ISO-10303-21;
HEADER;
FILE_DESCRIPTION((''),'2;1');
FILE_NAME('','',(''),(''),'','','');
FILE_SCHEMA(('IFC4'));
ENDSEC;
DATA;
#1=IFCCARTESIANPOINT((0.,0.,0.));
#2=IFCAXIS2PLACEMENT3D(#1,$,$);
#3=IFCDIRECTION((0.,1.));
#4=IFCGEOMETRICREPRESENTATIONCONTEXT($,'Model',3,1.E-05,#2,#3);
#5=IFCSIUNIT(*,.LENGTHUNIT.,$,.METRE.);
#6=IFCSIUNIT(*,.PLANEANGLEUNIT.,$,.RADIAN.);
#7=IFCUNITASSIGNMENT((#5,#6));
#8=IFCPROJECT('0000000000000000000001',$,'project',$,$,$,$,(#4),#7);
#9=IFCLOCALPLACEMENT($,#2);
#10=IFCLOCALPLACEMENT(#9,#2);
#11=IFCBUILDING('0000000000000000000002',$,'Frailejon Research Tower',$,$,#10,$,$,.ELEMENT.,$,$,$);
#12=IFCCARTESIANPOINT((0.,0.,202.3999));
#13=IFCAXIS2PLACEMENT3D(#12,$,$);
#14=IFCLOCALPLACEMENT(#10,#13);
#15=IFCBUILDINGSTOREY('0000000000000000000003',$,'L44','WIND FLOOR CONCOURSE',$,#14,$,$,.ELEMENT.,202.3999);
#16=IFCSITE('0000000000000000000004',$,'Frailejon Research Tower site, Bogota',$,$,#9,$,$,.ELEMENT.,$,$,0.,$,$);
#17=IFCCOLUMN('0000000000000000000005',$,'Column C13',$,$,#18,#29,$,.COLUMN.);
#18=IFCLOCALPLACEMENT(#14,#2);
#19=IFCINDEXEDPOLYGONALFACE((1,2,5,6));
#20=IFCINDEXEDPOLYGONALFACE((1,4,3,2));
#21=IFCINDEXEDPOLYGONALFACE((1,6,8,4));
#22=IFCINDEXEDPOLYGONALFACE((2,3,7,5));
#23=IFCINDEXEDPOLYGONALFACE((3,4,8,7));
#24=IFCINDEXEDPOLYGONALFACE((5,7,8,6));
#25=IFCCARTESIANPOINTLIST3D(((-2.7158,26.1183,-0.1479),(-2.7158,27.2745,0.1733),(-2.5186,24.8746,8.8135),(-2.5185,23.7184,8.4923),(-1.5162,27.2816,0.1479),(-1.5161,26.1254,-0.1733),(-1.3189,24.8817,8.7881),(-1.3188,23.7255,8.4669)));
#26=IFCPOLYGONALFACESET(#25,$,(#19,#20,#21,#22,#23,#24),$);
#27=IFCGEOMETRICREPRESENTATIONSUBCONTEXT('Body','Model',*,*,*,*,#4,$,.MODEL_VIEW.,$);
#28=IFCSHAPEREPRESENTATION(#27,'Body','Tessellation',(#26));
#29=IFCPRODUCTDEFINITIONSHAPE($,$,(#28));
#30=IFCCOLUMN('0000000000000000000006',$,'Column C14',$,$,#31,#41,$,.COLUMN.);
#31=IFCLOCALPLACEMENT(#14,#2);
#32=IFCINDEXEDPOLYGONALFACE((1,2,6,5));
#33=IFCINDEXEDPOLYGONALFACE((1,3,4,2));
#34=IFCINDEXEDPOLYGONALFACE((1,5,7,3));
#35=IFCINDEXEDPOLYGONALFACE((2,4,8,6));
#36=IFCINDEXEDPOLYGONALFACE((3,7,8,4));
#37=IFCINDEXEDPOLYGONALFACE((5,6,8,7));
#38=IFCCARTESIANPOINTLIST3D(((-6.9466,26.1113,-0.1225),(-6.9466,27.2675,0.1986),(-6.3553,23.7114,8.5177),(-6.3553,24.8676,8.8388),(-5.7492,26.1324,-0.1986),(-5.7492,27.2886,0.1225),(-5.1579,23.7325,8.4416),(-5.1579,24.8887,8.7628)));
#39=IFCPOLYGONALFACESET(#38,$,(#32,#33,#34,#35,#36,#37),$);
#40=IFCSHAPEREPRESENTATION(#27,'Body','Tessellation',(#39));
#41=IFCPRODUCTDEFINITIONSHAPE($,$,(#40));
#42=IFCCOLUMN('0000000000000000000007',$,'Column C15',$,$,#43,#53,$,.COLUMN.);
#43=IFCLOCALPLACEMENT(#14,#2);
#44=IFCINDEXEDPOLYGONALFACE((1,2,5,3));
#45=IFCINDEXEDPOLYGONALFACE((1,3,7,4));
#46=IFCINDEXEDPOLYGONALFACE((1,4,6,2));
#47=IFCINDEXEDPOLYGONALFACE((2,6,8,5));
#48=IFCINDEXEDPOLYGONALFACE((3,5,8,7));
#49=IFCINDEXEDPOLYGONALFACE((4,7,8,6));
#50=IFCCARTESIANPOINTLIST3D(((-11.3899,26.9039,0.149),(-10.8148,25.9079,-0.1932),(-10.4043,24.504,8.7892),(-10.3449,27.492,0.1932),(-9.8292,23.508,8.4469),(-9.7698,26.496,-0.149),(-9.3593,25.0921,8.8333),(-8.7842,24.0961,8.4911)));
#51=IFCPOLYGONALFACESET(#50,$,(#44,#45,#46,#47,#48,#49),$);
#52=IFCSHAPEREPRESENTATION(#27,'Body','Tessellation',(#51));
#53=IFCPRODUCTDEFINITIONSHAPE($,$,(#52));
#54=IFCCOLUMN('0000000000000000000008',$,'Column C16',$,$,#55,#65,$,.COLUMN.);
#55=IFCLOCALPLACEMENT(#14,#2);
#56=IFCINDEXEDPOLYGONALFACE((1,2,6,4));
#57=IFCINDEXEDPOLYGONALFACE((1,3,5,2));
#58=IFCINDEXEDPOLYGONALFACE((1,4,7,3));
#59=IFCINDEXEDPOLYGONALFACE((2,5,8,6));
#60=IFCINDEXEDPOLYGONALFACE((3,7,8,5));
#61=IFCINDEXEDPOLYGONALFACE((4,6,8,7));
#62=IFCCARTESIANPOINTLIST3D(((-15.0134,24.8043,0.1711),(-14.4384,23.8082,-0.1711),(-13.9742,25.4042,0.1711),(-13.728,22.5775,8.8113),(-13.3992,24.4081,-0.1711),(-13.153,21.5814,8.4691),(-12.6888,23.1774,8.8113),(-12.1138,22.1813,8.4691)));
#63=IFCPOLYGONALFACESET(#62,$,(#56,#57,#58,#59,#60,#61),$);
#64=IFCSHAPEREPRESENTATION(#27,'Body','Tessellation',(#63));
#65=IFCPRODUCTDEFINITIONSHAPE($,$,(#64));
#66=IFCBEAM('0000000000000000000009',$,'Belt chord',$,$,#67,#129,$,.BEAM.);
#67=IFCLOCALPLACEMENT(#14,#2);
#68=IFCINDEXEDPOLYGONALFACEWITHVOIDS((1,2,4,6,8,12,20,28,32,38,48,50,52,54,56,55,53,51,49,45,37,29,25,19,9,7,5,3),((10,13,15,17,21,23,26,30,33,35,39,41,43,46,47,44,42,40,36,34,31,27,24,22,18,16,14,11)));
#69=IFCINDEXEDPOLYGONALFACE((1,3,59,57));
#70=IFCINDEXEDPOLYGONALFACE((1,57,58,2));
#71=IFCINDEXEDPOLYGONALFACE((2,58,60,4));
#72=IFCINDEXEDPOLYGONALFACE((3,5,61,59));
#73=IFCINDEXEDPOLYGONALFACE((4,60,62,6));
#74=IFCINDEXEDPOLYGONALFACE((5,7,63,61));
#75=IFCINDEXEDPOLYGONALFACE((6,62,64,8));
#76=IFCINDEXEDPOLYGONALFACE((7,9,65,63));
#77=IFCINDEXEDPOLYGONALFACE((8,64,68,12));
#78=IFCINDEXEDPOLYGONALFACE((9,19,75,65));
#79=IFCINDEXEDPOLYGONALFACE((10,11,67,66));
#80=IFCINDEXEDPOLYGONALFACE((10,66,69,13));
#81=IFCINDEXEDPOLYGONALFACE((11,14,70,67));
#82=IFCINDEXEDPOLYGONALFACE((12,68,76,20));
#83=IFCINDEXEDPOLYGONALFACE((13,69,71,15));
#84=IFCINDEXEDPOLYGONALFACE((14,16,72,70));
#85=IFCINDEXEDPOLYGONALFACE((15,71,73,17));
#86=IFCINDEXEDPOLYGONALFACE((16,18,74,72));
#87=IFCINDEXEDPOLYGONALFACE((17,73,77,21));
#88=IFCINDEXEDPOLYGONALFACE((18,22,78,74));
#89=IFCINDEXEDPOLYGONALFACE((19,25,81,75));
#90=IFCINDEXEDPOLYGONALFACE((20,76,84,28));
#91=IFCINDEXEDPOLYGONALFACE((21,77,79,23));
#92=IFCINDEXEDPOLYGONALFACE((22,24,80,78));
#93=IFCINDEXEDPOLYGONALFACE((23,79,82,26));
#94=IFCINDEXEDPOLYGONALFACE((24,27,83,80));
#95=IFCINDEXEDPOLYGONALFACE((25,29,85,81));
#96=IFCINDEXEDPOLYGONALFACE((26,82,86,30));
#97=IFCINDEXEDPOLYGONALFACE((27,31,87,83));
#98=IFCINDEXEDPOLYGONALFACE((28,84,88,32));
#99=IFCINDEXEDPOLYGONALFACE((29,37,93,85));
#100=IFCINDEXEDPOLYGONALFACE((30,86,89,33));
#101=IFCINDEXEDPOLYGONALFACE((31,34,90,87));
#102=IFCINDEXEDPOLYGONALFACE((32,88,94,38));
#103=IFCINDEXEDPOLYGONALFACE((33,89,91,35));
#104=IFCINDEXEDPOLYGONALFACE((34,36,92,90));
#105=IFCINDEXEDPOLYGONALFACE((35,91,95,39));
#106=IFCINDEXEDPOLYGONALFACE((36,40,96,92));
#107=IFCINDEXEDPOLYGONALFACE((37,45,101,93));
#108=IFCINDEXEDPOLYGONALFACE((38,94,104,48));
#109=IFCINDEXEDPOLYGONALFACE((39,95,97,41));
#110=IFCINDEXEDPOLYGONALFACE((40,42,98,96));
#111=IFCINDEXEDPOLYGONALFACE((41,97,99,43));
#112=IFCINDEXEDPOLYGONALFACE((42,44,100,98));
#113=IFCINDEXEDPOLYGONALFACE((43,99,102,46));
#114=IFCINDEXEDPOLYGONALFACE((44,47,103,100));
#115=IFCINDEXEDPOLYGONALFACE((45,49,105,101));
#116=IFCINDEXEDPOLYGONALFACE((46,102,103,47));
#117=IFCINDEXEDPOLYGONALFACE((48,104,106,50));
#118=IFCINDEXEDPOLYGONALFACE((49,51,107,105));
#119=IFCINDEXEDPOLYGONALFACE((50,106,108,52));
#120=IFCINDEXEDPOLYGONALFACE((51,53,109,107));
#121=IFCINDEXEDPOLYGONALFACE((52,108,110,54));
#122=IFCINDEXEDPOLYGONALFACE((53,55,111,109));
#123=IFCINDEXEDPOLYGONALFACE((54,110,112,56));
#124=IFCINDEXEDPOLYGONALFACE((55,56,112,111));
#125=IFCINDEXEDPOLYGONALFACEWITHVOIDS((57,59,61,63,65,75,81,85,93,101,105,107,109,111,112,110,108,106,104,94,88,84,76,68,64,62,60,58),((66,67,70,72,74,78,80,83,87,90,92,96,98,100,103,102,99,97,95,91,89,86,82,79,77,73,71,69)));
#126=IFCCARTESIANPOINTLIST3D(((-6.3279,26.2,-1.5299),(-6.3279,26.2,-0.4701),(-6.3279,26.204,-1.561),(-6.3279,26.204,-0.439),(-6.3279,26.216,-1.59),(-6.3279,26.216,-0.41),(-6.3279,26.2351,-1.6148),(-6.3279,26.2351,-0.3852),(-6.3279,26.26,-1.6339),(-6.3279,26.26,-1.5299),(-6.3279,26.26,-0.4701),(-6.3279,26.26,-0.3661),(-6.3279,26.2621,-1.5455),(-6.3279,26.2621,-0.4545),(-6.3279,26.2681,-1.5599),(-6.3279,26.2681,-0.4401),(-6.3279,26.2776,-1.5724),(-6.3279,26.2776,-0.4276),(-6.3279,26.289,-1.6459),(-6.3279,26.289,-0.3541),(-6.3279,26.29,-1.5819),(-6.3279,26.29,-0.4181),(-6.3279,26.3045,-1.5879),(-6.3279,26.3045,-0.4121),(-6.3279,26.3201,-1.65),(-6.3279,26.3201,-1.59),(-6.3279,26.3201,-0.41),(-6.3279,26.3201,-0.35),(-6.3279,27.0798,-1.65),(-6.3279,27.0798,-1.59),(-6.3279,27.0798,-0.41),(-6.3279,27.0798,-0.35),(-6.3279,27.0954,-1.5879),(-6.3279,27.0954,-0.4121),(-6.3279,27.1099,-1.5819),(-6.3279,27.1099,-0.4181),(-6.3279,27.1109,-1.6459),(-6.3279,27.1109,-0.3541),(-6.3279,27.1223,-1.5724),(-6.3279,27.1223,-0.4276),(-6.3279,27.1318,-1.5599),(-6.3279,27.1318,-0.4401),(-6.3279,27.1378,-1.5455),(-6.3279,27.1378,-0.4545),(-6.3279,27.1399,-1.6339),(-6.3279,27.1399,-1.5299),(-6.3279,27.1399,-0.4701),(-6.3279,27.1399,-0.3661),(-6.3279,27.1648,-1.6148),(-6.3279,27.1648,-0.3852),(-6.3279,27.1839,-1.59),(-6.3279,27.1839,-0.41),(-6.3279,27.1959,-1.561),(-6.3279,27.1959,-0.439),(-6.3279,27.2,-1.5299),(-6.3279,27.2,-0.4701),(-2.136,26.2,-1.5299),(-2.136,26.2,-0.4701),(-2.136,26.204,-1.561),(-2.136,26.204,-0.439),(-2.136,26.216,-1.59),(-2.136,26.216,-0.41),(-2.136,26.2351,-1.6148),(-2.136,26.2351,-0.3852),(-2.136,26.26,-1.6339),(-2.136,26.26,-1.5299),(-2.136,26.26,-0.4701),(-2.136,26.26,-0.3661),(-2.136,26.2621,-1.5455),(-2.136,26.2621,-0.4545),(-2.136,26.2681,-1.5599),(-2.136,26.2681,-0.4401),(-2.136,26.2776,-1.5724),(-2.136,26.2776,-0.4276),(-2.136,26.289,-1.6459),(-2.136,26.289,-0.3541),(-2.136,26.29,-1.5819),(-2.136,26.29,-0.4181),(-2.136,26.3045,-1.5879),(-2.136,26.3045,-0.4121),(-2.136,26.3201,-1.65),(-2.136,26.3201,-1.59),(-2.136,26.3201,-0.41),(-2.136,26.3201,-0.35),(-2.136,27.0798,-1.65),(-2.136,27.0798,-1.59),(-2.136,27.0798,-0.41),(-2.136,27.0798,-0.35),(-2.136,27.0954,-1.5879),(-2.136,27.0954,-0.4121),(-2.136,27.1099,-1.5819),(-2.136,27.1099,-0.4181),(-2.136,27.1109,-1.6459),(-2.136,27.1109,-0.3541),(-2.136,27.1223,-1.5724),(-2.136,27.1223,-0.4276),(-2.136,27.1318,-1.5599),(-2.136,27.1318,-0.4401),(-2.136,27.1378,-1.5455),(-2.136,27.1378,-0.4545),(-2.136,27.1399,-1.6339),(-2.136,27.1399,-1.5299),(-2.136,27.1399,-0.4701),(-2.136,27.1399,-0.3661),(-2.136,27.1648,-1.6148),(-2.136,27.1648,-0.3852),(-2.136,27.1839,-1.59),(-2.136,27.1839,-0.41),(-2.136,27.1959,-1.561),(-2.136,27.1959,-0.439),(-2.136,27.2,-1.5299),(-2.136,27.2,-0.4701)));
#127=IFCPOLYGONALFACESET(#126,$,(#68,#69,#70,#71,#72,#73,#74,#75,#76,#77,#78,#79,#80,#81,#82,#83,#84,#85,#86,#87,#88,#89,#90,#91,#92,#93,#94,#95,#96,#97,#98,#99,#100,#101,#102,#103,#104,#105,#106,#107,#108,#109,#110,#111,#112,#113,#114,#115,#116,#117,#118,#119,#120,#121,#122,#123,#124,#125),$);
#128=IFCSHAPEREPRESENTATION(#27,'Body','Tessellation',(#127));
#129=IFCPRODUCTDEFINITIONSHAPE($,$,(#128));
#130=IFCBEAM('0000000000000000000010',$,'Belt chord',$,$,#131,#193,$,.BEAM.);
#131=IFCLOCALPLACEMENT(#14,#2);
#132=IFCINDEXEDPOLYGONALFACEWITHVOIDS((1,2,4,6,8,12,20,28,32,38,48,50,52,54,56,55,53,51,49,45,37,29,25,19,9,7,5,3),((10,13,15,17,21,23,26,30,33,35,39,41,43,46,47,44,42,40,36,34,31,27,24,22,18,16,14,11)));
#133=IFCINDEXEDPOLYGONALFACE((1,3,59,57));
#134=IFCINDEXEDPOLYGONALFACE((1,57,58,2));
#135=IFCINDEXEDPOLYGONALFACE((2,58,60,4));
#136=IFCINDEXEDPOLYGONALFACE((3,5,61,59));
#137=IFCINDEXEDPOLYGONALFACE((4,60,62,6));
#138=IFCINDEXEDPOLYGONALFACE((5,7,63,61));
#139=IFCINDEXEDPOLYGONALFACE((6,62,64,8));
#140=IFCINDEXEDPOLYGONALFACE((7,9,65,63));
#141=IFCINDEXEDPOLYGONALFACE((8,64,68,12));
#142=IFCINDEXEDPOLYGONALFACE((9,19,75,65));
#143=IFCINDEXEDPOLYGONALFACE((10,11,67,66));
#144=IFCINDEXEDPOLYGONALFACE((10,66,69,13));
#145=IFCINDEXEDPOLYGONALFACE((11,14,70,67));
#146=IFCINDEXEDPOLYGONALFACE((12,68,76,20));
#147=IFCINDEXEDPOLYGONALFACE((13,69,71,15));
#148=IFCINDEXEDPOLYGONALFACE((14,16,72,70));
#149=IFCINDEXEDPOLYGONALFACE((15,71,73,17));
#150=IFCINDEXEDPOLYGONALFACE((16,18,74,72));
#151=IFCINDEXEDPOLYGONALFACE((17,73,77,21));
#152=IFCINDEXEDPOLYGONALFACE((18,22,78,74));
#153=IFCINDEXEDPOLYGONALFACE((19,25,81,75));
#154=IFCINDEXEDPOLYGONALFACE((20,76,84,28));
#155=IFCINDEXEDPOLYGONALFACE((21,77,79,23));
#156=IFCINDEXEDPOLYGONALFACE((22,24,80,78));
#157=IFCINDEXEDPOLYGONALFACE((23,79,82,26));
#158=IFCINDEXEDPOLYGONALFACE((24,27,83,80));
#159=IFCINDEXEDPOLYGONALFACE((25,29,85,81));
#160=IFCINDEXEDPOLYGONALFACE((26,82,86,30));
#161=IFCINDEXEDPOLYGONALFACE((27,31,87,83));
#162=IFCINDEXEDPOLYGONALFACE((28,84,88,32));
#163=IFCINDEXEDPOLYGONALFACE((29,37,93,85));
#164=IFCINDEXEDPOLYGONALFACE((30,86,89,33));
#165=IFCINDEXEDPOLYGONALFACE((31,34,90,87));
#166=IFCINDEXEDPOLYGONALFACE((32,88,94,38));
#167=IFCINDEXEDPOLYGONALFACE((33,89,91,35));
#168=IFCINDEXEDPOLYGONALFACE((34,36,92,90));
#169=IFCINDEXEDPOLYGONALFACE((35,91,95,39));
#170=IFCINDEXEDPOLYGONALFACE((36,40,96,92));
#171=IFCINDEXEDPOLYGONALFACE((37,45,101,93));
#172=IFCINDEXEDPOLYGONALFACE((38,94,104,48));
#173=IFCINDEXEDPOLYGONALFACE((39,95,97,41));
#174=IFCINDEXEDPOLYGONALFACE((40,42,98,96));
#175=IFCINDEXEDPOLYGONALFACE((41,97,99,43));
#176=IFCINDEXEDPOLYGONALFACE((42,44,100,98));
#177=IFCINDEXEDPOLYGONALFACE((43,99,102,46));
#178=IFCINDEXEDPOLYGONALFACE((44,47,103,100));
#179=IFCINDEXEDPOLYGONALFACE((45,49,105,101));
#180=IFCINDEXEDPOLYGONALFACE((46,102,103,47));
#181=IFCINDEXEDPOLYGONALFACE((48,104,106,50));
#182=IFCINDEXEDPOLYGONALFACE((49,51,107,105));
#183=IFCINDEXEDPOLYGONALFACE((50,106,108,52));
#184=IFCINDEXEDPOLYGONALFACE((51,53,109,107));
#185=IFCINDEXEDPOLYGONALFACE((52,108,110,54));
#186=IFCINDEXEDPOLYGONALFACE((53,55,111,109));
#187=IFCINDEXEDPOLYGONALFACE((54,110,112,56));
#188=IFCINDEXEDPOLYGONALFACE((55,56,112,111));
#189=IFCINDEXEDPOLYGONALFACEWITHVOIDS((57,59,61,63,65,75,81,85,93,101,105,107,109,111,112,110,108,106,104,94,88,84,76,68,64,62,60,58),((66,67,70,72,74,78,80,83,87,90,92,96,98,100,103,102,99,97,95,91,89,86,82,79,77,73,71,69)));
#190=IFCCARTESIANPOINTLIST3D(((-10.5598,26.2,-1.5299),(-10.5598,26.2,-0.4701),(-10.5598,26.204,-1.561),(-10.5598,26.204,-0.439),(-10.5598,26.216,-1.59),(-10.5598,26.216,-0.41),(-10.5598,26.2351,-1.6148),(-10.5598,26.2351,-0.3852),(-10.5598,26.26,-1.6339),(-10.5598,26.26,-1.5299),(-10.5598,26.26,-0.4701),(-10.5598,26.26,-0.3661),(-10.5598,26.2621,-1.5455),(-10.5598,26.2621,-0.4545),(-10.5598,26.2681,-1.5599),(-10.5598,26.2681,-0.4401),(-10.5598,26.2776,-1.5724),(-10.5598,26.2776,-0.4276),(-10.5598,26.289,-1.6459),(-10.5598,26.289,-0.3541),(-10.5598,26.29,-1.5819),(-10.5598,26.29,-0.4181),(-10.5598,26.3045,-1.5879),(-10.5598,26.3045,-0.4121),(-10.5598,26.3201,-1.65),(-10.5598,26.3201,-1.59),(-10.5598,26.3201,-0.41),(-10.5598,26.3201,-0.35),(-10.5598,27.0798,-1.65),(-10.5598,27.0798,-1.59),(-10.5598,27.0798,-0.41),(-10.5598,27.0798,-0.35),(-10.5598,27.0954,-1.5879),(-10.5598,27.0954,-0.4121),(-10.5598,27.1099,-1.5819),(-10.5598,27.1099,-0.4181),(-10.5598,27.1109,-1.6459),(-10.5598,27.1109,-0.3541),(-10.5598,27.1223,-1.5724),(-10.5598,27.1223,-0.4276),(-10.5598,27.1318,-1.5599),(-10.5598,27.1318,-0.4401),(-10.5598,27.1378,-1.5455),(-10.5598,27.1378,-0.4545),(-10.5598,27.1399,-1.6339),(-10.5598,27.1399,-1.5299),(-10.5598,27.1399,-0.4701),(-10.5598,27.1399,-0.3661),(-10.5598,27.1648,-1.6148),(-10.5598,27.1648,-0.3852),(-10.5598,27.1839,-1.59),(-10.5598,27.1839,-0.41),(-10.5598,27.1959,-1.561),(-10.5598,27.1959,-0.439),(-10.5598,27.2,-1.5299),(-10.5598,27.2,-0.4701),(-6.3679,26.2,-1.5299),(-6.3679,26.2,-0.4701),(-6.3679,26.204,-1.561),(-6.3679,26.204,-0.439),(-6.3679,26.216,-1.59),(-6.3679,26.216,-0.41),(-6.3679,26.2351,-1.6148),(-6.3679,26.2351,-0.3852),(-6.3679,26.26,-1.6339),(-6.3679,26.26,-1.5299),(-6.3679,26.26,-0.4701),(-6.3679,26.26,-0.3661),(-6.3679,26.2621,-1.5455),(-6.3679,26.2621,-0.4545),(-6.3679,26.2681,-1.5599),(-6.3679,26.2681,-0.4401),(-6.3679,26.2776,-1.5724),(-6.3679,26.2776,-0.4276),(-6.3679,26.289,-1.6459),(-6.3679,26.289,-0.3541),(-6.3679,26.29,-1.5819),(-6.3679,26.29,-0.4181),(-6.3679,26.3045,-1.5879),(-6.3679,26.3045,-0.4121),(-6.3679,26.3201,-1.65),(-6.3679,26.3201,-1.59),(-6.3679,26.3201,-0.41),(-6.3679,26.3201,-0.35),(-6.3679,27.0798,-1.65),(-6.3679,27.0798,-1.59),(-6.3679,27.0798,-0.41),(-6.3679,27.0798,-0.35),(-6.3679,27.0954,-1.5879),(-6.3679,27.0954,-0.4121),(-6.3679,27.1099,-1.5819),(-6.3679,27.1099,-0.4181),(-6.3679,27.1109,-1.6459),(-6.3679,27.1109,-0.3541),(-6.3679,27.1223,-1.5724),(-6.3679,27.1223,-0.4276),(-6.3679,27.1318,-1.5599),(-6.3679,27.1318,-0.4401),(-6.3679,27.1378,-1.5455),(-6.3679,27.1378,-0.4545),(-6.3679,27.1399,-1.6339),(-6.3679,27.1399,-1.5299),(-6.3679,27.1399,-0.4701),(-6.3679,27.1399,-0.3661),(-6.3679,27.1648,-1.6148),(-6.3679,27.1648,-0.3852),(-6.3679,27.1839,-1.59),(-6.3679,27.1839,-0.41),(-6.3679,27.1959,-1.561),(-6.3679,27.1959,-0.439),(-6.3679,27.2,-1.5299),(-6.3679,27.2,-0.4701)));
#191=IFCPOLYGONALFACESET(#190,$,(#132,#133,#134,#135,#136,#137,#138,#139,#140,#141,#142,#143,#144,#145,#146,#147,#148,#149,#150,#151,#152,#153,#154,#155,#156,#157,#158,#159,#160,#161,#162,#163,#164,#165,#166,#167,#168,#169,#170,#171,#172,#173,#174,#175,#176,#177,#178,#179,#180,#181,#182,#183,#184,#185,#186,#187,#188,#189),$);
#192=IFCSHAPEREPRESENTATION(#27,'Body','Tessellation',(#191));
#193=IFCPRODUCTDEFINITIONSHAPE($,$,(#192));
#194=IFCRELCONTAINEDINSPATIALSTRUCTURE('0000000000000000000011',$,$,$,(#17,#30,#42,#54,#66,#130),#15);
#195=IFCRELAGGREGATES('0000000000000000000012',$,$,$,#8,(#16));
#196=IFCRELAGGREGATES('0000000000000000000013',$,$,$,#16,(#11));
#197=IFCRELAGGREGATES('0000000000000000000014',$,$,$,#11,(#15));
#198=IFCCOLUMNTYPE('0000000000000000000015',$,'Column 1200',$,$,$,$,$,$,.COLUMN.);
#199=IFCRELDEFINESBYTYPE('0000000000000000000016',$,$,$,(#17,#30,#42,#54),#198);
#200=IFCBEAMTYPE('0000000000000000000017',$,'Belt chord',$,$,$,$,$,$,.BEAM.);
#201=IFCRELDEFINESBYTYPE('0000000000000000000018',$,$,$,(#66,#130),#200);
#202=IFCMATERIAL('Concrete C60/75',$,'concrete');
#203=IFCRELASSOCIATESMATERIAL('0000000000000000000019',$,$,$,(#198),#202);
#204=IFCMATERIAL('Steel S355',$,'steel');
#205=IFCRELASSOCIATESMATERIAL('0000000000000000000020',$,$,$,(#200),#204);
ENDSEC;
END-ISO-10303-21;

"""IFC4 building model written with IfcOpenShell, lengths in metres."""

from ifc_helpers import new_model, si_unit, direction, frame, origin, origin_2d, place, context, subcontext, project, spatial, rectangle, hollow_rectangle, extrude, material, material_profile, profile_set, type_object, element, save


model = new_model("IFC4")

# Units and contexts
model_context = context("Model", 3, precision=1e-05, world=origin(), true_north=direction((0.0, 1.0)))
body_context = subcontext(model_context, "Body", "Model", "MODEL_VIEW")
ifc_project = project(units=[si_unit("LENGTHUNIT", "METRE"), si_unit("PLANEANGLEUNIT", "RADIAN")], contexts=[model_context])

# Site, building, storey
site_placement = place(None, origin())
site = spatial("IfcSite", under=ifc_project, at=site_placement, Name="Frailejon Research Tower site, Bogota", CompositionType="ELEMENT", RefElevation=0.0)
building_placement = place(site_placement, origin())
building = spatial("IfcBuilding", under=site, at=building_placement, Name="Frailejon Research Tower", CompositionType="ELEMENT")
storey_placement = place(building_placement, frame((0.0, 0.0, 202.3999)))
storey = spatial("IfcBuildingStorey", under=building, at=storey_placement, Name="L44", Description="WIND FLOOR CONCOURSE", CompositionType="ELEMENT", Elevation=202.3999)

# Columns
ifc_material_1 = material(Name="Concrete C60/75", Category="concrete")
ifc_material_profile_1 = material_profile(ifc_material_1, rectangle(XDim=1.2, YDim=1.2, at=origin_2d()), Name="Column 1200")
ifc_profile_set_1 = profile_set([ifc_material_profile_1], Name="Concrete C60/75")
column_type = type_object("IfcColumnType", Name="Column 1200", PredefinedType="COLUMN", material=ifc_profile_set_1)
column_1_placement = place(storey_placement, frame((-2.116, 26.7, 0.0), z_axis=(0.021993, -0.267565, 0.963289), x_axis=(-0.999758, -0.00592, 0.021181)))
element("IfcColumn", 1, at=column_1_placement, inside=storey, type_object=column_type, Name="Column C13", PredefinedType="COLUMN", context=body_context, shape_type="SweptSolid", body=[
    extrude(rectangle(XDim=1.2, YDim=1.2, at=origin_2d()), origin(), (0.0, 0.0, 1.0), 8.9695),
])
column_2_placement = place(storey_placement, frame((-6.3479, 26.7, 0.0), z_axis=(0.065798, -0.26705, 0.961434), x_axis=(-0.997833, -0.0176, 0.063401)))
element("IfcColumn", 2, at=column_2_placement, inside=storey, type_object=column_type, Name="Column C14", PredefinedType="COLUMN", context=body_context, shape_type="SweptSolid", body=[
    extrude(rectangle(XDim=1.2, YDim=1.2, at=origin_2d()), origin(), (0.0, 0.0, 1.0), 8.9868),
])
column_3_placement = place(storey_placement, frame((-10.5798, 26.7, 0.0), z_axis=(0.109253, -0.266028, 0.957754), x_axis=(-0.870862, -0.490148, -0.036804)))
element("IfcColumn", 3, at=column_3_placement, inside=storey, type_object=column_type, Name="Column C15", PredefinedType="COLUMN", context=body_context, shape_type="SweptSolid", body=[
    extrude(rectangle(XDim=1.2, YDim=1.2, at=origin_2d()), origin(), (0.0, 0.0, 1.0), 9.0212),
])
column_4_placement = place(storey_placement, frame((-14.2063, 24.6062, 0.0), z_axis=(0.142591, -0.247022, 0.958461), x_axis=(-0.866064, -0.499934, -0.000002)))
element("IfcColumn", 4, at=column_4_placement, inside=storey, type_object=column_type, Name="Column C16", PredefinedType="COLUMN", context=body_context, shape_type="SweptSolid", body=[
    extrude(rectangle(XDim=1.2, YDim=1.2, at=origin_2d()), origin(), (0.0, 0.0, 1.0), 9.0146),
])

# Beams
ifc_material_2 = material(Name="Steel S355", Category="steel")
ifc_material_profile_2 = material_profile(ifc_material_2, hollow_rectangle(XDim=1.0, YDim=1.3, WallThickness=0.0601, InnerFilletRadius=0.0601, OuterFilletRadius=0.1201, at=origin_2d()), Name="Belt chord")
ifc_profile_set_2 = profile_set([ifc_material_profile_2], Name="Steel S355")
beam_type_1 = type_object("IfcBeamType", Name="Belt chord", PredefinedType="BEAM", material=ifc_profile_set_2)
for number, where, z_axis, x_axis, name in (
    (5, (-2.136, 26.7, -1.0), (-1.0, 0.0, 0.0), (0.0, -1.0, 0.0), "Belt chord"),
    (6, (-6.3679, 26.7, -1.0), (-1.0, 0.0, 0.0), (0.0, -1.0, 0.0), "Belt chord"),
):
    element("IfcBeam", number, at=place(storey_placement, frame(where, z_axis=z_axis, x_axis=x_axis)), inside=storey, type_object=beam_type_1, Name=name, PredefinedType="BEAM", context=body_context, shape_type="SweptSolid", body=[
        extrude(hollow_rectangle(XDim=1.0, YDim=1.3, WallThickness=0.0601, InnerFilletRadius=0.0601, OuterFilletRadius=0.1201, at=origin_2d()), origin(), (0.0, 0.0, 1.0), 4.1919),
    ])

save(model, "model.ifc")
